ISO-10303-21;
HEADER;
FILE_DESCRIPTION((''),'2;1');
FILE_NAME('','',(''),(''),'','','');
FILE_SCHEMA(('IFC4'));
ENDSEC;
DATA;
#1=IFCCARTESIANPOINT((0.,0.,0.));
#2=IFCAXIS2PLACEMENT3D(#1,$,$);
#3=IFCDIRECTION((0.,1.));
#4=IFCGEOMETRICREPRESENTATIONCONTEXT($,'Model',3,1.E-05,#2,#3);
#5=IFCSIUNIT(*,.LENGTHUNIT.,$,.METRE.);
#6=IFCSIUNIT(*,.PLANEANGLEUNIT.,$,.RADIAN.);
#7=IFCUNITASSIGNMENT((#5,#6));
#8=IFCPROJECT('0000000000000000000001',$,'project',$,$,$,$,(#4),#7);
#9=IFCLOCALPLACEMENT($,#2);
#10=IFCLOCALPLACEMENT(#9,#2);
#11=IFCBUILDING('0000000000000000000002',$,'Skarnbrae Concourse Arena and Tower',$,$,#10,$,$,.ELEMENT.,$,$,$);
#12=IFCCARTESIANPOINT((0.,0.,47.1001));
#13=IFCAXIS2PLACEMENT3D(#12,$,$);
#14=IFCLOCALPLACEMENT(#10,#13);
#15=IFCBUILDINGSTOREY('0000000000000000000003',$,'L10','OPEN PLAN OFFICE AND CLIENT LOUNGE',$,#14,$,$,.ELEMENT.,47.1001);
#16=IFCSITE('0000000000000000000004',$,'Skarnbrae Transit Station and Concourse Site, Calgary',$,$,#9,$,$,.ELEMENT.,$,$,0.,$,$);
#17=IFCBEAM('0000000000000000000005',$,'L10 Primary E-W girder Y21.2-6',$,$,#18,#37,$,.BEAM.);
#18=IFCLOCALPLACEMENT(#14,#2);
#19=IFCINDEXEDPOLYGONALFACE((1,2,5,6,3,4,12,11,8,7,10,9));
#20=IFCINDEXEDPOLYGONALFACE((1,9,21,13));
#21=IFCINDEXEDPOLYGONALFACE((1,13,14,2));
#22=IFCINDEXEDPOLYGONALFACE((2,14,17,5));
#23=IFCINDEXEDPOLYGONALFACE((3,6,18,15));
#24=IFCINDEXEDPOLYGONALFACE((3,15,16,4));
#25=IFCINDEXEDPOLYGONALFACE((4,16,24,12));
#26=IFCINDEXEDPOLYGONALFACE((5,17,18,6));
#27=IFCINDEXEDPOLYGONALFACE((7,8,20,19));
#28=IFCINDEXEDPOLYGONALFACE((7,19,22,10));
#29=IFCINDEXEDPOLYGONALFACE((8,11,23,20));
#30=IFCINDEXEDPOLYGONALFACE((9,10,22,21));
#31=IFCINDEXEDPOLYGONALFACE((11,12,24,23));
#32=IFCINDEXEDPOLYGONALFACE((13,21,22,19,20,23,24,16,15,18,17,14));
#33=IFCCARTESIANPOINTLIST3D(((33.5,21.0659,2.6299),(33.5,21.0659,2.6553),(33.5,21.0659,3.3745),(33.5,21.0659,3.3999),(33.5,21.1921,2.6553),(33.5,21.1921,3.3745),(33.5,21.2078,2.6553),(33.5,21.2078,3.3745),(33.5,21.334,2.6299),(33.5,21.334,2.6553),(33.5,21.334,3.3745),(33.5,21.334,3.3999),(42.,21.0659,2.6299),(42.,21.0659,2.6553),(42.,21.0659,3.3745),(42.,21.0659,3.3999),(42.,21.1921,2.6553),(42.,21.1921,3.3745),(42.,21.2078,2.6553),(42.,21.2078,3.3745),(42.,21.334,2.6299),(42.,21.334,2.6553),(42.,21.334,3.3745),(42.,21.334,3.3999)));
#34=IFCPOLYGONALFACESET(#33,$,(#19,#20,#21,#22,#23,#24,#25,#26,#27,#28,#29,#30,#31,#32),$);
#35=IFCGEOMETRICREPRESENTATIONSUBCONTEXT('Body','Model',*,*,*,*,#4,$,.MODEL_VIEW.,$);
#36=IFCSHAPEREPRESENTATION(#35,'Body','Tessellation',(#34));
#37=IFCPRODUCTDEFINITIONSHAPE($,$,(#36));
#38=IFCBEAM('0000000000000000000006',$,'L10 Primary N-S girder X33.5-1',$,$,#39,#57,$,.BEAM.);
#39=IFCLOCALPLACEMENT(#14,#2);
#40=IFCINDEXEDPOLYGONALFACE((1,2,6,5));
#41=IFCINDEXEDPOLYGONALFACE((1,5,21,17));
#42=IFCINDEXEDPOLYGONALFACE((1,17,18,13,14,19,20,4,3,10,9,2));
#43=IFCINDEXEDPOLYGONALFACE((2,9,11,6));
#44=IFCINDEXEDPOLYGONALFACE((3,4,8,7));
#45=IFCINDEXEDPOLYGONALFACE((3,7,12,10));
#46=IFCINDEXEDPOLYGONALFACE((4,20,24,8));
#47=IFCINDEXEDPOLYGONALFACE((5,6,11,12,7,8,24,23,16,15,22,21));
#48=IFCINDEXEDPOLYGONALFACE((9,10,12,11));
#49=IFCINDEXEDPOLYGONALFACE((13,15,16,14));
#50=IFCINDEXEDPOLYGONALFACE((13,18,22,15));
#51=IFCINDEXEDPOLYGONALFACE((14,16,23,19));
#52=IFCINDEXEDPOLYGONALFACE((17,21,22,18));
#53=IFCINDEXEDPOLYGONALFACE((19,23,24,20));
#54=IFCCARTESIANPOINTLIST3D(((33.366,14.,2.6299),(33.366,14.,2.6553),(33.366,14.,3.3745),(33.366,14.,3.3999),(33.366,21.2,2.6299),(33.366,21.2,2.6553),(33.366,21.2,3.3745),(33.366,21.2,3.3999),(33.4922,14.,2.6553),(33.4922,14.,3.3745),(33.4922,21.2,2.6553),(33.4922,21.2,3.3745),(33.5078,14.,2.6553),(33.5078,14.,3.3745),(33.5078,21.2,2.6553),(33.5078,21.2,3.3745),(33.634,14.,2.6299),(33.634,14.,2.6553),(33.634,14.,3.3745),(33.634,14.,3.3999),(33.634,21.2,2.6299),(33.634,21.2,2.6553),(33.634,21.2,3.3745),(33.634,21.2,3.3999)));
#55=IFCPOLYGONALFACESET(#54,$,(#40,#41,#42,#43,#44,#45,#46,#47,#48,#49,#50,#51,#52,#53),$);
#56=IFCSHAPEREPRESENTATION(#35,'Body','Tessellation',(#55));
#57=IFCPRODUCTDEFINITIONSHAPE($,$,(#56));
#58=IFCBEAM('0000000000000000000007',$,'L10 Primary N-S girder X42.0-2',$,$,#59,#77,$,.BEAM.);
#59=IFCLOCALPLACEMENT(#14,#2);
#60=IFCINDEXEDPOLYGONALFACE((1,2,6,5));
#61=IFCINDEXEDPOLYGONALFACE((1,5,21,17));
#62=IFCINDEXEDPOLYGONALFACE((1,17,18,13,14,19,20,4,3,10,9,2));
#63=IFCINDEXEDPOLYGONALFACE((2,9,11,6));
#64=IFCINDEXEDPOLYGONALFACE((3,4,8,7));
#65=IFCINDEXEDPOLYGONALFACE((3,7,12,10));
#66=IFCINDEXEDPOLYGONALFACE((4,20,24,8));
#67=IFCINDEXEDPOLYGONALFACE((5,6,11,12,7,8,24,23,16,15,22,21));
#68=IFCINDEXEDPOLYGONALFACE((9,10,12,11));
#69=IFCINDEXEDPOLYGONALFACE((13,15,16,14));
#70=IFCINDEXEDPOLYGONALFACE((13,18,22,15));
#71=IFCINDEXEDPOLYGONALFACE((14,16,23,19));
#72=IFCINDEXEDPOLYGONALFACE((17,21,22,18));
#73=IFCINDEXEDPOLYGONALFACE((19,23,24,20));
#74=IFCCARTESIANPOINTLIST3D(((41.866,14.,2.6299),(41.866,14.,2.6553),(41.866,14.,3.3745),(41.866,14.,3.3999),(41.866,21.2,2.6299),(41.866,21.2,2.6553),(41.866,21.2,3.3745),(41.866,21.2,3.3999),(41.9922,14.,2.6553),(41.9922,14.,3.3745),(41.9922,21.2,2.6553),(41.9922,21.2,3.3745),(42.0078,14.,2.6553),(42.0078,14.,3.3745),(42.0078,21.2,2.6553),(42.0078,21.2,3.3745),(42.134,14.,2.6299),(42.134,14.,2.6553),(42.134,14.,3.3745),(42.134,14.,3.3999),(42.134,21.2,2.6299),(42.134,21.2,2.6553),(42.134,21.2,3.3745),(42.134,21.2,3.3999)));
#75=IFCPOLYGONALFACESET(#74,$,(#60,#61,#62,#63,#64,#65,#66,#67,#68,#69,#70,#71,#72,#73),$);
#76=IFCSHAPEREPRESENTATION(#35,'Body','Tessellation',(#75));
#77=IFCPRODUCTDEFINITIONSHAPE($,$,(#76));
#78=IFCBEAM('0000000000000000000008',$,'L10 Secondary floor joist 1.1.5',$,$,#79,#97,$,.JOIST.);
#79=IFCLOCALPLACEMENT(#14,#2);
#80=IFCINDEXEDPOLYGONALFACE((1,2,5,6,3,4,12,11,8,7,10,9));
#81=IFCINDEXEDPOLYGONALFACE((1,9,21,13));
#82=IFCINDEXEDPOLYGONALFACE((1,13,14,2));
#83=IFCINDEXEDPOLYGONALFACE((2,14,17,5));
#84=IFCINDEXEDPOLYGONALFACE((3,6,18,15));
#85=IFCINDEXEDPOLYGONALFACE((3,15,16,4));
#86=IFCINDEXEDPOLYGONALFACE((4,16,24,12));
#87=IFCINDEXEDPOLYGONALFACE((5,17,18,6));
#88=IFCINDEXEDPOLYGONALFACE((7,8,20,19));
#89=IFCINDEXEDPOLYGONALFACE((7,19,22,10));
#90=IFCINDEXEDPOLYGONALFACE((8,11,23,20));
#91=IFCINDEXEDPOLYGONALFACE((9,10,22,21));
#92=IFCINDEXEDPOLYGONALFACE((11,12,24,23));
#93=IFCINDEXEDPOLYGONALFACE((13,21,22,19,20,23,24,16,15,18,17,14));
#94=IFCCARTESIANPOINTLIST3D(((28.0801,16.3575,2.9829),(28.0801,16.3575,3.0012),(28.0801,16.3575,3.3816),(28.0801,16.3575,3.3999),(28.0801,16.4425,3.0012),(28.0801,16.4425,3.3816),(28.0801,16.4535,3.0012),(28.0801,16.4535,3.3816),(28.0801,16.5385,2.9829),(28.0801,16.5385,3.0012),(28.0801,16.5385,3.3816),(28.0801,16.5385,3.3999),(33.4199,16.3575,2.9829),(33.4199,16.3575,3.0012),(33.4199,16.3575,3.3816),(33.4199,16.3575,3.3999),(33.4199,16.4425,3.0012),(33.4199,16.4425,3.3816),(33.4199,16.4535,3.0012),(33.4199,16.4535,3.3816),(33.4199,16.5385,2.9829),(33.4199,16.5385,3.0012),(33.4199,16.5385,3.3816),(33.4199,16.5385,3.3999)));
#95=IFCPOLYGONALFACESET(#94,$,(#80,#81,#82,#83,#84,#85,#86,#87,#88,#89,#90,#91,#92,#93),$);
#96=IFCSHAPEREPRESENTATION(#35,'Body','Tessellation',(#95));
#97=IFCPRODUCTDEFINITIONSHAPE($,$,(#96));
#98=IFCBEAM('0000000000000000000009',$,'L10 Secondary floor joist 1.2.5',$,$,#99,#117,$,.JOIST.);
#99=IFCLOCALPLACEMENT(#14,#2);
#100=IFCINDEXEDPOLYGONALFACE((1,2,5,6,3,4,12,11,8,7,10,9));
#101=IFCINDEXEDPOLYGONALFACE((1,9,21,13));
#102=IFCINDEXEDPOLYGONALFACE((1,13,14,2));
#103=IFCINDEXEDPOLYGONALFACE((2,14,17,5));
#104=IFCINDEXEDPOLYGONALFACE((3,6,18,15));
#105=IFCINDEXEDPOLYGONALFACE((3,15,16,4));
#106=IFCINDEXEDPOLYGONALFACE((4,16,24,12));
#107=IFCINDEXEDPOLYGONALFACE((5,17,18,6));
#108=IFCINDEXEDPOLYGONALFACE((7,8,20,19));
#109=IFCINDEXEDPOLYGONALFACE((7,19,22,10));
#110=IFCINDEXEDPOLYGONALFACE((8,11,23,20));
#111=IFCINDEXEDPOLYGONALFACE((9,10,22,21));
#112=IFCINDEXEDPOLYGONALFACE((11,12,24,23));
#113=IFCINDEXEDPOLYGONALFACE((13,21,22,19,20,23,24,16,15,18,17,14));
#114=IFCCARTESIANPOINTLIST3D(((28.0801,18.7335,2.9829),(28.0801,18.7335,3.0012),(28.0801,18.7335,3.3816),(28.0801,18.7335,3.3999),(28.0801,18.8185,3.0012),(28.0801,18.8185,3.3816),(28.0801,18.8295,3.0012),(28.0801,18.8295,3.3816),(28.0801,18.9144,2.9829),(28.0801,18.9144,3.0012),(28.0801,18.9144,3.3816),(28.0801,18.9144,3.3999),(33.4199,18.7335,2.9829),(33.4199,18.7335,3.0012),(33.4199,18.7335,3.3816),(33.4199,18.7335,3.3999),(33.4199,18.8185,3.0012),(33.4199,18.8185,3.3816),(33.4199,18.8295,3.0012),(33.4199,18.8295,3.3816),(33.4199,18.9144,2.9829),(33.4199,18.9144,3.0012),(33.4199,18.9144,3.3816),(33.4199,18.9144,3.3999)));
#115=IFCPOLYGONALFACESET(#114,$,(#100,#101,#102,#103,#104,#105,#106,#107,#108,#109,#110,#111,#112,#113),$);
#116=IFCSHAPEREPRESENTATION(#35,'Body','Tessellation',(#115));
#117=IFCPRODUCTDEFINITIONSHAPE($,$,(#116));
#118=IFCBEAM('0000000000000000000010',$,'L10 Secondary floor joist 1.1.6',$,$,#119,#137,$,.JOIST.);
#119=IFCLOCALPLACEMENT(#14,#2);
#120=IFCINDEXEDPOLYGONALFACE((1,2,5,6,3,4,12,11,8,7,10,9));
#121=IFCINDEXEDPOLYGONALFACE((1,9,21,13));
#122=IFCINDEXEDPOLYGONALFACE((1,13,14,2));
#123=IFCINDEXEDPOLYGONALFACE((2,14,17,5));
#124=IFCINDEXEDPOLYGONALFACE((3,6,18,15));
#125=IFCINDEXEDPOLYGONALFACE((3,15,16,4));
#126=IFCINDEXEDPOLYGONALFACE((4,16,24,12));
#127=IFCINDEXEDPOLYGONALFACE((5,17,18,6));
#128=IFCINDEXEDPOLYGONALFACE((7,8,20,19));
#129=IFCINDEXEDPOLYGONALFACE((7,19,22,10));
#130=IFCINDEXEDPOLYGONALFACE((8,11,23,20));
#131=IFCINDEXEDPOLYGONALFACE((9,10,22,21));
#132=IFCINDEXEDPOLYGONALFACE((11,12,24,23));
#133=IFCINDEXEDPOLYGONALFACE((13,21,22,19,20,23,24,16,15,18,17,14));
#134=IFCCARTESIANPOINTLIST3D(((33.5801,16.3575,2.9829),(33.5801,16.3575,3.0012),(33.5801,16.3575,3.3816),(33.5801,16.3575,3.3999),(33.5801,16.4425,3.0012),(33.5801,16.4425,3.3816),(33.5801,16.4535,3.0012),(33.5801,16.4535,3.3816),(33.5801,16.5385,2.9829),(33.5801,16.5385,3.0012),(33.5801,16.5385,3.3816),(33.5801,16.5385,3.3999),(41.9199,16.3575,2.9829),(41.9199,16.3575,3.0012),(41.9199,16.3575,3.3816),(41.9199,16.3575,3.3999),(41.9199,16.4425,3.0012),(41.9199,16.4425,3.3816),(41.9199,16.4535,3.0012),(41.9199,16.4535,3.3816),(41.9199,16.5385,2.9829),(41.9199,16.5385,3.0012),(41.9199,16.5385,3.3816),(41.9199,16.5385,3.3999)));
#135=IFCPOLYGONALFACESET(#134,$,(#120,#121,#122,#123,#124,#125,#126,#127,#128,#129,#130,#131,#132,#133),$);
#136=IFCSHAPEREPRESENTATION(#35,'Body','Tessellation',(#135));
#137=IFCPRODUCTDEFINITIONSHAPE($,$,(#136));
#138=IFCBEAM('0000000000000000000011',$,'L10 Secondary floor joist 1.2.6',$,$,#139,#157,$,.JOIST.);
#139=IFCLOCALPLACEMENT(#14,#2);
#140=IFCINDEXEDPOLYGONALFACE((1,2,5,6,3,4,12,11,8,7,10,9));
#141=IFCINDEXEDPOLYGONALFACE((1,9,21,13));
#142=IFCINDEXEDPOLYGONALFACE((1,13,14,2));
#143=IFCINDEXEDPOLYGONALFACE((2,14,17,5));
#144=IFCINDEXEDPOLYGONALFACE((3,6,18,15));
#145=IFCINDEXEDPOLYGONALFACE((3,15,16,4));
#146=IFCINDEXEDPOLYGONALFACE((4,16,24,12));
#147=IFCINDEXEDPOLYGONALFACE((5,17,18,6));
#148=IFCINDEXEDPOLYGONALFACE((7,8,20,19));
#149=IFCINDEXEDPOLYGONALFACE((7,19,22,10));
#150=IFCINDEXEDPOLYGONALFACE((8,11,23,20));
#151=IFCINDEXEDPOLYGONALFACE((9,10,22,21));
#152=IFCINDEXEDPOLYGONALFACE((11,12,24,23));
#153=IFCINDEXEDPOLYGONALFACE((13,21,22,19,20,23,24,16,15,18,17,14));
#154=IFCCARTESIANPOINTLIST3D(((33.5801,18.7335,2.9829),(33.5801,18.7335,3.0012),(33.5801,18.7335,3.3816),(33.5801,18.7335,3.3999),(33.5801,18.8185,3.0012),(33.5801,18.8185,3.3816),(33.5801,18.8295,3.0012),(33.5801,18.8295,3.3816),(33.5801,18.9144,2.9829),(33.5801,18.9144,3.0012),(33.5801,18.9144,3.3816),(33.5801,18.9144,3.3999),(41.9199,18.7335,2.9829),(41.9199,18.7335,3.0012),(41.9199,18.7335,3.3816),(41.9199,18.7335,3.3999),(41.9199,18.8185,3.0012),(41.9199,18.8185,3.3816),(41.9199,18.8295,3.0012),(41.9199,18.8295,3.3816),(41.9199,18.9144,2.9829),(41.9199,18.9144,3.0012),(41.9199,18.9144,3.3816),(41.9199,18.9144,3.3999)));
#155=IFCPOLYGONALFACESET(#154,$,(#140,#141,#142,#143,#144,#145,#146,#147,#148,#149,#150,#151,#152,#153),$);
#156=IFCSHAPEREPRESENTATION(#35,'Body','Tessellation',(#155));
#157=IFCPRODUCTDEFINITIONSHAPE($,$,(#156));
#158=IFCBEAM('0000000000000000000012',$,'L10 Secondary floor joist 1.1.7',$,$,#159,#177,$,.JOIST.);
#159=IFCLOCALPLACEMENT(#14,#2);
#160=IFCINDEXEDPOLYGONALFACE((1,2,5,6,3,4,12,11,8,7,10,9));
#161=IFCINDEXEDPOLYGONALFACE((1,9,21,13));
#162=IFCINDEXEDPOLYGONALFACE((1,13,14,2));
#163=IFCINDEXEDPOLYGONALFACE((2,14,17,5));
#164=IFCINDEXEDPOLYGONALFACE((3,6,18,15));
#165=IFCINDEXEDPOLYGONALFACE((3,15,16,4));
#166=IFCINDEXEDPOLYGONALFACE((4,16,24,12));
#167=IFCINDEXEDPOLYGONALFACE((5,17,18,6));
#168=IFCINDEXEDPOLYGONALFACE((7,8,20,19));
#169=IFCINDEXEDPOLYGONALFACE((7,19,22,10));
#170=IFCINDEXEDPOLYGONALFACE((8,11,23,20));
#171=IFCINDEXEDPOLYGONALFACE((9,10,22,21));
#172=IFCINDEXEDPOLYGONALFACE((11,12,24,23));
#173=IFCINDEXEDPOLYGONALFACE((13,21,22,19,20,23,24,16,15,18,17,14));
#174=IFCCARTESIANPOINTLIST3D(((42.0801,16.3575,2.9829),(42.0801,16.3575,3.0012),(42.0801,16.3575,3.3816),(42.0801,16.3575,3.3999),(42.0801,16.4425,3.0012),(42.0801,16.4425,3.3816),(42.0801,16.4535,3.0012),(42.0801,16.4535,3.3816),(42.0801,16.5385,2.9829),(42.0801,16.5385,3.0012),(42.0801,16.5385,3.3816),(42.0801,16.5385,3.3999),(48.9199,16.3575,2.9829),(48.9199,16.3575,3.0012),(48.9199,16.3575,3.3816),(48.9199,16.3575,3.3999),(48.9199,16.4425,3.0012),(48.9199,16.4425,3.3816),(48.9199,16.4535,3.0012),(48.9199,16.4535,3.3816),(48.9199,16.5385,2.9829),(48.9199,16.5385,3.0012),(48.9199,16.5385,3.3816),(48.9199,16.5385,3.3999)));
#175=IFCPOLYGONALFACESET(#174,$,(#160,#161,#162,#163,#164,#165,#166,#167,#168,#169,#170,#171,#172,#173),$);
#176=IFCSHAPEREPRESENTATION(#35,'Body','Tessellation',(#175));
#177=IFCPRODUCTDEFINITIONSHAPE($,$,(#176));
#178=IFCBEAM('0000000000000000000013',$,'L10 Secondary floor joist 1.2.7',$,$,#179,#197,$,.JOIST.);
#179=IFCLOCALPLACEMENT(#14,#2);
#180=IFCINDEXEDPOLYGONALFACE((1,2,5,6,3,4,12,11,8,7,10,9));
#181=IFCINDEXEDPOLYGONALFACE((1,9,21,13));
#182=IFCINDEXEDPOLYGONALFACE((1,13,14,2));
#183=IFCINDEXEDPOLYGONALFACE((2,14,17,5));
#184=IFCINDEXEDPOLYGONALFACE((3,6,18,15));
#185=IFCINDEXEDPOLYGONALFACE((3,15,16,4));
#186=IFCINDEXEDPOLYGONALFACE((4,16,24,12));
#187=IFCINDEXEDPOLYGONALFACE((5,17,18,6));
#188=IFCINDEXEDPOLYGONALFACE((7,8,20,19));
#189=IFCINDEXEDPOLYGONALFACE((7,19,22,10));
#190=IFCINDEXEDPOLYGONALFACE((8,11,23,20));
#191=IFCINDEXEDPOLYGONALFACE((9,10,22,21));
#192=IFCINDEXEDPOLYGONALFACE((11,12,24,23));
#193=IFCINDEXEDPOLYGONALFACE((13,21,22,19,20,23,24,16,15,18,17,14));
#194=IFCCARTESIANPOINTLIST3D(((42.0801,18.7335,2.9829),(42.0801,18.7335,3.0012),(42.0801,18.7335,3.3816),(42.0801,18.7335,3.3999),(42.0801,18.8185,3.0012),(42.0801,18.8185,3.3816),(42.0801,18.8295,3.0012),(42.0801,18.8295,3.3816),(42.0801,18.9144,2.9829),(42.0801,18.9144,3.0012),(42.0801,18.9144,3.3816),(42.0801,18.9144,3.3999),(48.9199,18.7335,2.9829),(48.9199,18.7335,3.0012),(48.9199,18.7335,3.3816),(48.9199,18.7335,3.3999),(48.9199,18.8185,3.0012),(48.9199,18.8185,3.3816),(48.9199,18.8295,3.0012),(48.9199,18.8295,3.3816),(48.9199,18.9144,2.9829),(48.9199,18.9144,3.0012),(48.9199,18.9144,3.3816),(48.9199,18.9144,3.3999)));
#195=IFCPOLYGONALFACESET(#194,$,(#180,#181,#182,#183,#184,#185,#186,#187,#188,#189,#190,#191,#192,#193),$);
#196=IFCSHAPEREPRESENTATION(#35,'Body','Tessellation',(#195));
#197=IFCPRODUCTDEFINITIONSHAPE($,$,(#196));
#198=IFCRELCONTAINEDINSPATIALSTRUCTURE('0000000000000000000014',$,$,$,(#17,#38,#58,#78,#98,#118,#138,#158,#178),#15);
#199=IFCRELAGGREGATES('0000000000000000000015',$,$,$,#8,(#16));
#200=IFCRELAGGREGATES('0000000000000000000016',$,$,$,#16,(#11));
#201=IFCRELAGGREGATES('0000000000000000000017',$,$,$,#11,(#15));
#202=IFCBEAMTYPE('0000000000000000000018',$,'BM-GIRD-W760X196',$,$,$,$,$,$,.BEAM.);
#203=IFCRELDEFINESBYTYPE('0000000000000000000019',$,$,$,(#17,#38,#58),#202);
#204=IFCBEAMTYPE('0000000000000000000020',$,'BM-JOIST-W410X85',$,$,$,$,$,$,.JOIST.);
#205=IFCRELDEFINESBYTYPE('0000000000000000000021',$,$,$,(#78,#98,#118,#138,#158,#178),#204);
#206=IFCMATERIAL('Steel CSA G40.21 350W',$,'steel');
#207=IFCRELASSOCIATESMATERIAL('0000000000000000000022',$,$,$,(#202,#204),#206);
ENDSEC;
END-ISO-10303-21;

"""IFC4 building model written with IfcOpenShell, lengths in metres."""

from ifc_helpers import new_model, si_unit, direction, frame, origin, origin_2d, place, context, subcontext, project, spatial, i_section, extrude, source, transform, mapped, material, material_profile, profile_set, type_object, element, save


model = new_model("IFC4")

# Units and contexts
model_context = context("Model", 3, precision=1e-05, world=origin(), true_north=direction((0.0, 1.0)))
body_context = subcontext(model_context, "Body", "Model", "MODEL_VIEW")
ifc_project = project(units=[si_unit("LENGTHUNIT", "METRE"), si_unit("PLANEANGLEUNIT", "RADIAN")], contexts=[model_context])

# Site, building, storey
site_placement = place(None, origin())
site = spatial("IfcSite", under=ifc_project, at=site_placement, Name="Skarnbrae Transit Station and Concourse Site, Calgary", CompositionType="ELEMENT", RefElevation=0.0)
building_placement = place(site_placement, origin())
building = spatial("IfcBuilding", under=site, at=building_placement, Name="Skarnbrae Concourse Arena and Tower", CompositionType="ELEMENT")
storey_placement = place(building_placement, frame((0.0, 0.0, 47.1001)))
storey = spatial("IfcBuildingStorey", under=building, at=storey_placement, Name="L10", Description="OPEN PLAN OFFICE AND CLIENT LOUNGE", CompositionType="ELEMENT", Elevation=47.1001)

# Shared definitions
ifc_material_1 = material(Name="Steel CSA G40.21 350W", Category="steel")

# Beams
ifc_material_profile_1 = material_profile(ifc_material_1, i_section(OverallWidth=0.2681, OverallDepth=0.77, WebThickness=0.0156, FlangeThickness=0.0254, at=origin_2d()), Name="W760X196")
ifc_profile_set_1 = profile_set([ifc_material_profile_1], Name="Steel CSA G40.21 350W")
beam_type_1 = type_object("IfcBeamType", Name="BM-GIRD-W760X196", PredefinedType="BEAM", material=ifc_profile_set_1)
shared_shape_1 = source(origin(), body_context, "Body", "SweptSolid", [
    extrude(i_section(OverallWidth=0.2681, OverallDepth=0.77, WebThickness=0.0156, FlangeThickness=0.0254, at=origin_2d()), origin(), (0.0, 0.0, 1.0), 8.5),
])
for number, where, z_axis, x_axis, name in (
    (1, (33.5, 21.2, 3.0149), (1.0, 0.0, 0.0), (0.0, 1.0, 0.0), "L10 Primary E-W girder Y21.2-6"),
):
    element("IfcBeam", number, at=place(storey_placement, frame(where, z_axis=z_axis, x_axis=x_axis)), inside=storey, type_object=beam_type_1, Name=name, PredefinedType="BEAM", context=body_context, shape_type="MappedRepresentation", body=[
        mapped(shared_shape_1, transform((0.0, 0.0, 0.0))),
    ])
shared_shape_2 = source(origin(), body_context, "Body", "SweptSolid", [
    extrude(i_section(OverallWidth=0.2681, OverallDepth=0.77, WebThickness=0.0156, FlangeThickness=0.0254, at=origin_2d()), origin(), (0.0, 0.0, 1.0), 7.2),
])
for number, where, z_axis, x_axis, name in (
    (2, (33.5, 14.0, 3.0149), (0.0, 1.0, 0.0), (-1.0, 0.0, 0.0), "L10 Primary N-S girder X33.5-1"),
    (3, (42.0, 14.0, 3.0149), (0.0, 1.0, 0.0), (-1.0, 0.0, 0.0), "L10 Primary N-S girder X42.0-2"),
):
    element("IfcBeam", number, at=place(storey_placement, frame(where, z_axis=z_axis, x_axis=x_axis)), inside=storey, type_object=beam_type_1, Name=name, PredefinedType="BEAM", context=body_context, shape_type="MappedRepresentation", body=[
        mapped(shared_shape_2, transform((0.0, 0.0, 0.0))),
    ])
ifc_material_profile_2 = material_profile(ifc_material_1, i_section(OverallWidth=0.1809, OverallDepth=0.417, WebThickness=0.011, FlangeThickness=0.0183, at=origin_2d()), Name="W410X85")
ifc_profile_set_2 = profile_set([ifc_material_profile_2], Name="Steel CSA G40.21 350W")
beam_type_2 = type_object("IfcBeamType", Name="BM-JOIST-W410X85", PredefinedType="JOIST", material=ifc_profile_set_2)
shared_shape_3 = source(origin(), body_context, "Body", "SweptSolid", [
    extrude(i_section(OverallWidth=0.1809, OverallDepth=0.417, WebThickness=0.011, FlangeThickness=0.0183, at=origin_2d()), origin(), (0.0, 0.0, 1.0), 5.3398),
])
for number, where, z_axis, x_axis, name in (
    (4, (28.0801, 16.448, 3.1914), (1.0, 0.0, 0.0), (0.0, 1.0, 0.0), "L10 Secondary floor joist 1.1.5"),
    (5, (28.0801, 18.824, 3.1914), (1.0, 0.0, 0.0), (0.0, 1.0, 0.0), "L10 Secondary floor joist 1.2.5"),
):
    element("IfcBeam", number, at=place(storey_placement, frame(where, z_axis=z_axis, x_axis=x_axis)), inside=storey, type_object=beam_type_2, Name=name, PredefinedType="JOIST", context=body_context, shape_type="MappedRepresentation", body=[
        mapped(shared_shape_3, transform((0.0, 0.0, 0.0))),
    ])
shared_shape_4 = source(origin(), body_context, "Body", "SweptSolid", [
    extrude(i_section(OverallWidth=0.1809, OverallDepth=0.417, WebThickness=0.011, FlangeThickness=0.0183, at=origin_2d()), origin(), (0.0, 0.0, 1.0), 8.3398),
])
for number, where, z_axis, x_axis, name in (
    (6, (33.5801, 16.448, 3.1914), (1.0, 0.0, 0.0), (0.0, 1.0, 0.0), "L10 Secondary floor joist 1.1.6"),
    (7, (33.5801, 18.824, 3.1914), (1.0, 0.0, 0.0), (0.0, 1.0, 0.0), "L10 Secondary floor joist 1.2.6"),
):
    element("IfcBeam", number, at=place(storey_placement, frame(where, z_axis=z_axis, x_axis=x_axis)), inside=storey, type_object=beam_type_2, Name=name, PredefinedType="JOIST", context=body_context, shape_type="MappedRepresentation", body=[
        mapped(shared_shape_4, transform((0.0, 0.0, 0.0))),
    ])
shared_shape_5 = source(origin(), body_context, "Body", "SweptSolid", [
    extrude(i_section(OverallWidth=0.1809, OverallDepth=0.417, WebThickness=0.011, FlangeThickness=0.0183, at=origin_2d()), origin(), (0.0, 0.0, 1.0), 6.8398),
])
for number, where, z_axis, x_axis, name in (
    (8, (42.0801, 16.448, 3.1914), (1.0, 0.0, 0.0), (0.0, 1.0, 0.0), "L10 Secondary floor joist 1.1.7"),
    (9, (42.0801, 18.824, 3.1914), (1.0, 0.0, 0.0), (0.0, 1.0, 0.0), "L10 Secondary floor joist 1.2.7"),
):
    element("IfcBeam", number, at=place(storey_placement, frame(where, z_axis=z_axis, x_axis=x_axis)), inside=storey, type_object=beam_type_2, Name=name, PredefinedType="JOIST", context=body_context, shape_type="MappedRepresentation", body=[
        mapped(shared_shape_5, transform((0.0, 0.0, 0.0))),
    ])

save(model, "model.ifc")
